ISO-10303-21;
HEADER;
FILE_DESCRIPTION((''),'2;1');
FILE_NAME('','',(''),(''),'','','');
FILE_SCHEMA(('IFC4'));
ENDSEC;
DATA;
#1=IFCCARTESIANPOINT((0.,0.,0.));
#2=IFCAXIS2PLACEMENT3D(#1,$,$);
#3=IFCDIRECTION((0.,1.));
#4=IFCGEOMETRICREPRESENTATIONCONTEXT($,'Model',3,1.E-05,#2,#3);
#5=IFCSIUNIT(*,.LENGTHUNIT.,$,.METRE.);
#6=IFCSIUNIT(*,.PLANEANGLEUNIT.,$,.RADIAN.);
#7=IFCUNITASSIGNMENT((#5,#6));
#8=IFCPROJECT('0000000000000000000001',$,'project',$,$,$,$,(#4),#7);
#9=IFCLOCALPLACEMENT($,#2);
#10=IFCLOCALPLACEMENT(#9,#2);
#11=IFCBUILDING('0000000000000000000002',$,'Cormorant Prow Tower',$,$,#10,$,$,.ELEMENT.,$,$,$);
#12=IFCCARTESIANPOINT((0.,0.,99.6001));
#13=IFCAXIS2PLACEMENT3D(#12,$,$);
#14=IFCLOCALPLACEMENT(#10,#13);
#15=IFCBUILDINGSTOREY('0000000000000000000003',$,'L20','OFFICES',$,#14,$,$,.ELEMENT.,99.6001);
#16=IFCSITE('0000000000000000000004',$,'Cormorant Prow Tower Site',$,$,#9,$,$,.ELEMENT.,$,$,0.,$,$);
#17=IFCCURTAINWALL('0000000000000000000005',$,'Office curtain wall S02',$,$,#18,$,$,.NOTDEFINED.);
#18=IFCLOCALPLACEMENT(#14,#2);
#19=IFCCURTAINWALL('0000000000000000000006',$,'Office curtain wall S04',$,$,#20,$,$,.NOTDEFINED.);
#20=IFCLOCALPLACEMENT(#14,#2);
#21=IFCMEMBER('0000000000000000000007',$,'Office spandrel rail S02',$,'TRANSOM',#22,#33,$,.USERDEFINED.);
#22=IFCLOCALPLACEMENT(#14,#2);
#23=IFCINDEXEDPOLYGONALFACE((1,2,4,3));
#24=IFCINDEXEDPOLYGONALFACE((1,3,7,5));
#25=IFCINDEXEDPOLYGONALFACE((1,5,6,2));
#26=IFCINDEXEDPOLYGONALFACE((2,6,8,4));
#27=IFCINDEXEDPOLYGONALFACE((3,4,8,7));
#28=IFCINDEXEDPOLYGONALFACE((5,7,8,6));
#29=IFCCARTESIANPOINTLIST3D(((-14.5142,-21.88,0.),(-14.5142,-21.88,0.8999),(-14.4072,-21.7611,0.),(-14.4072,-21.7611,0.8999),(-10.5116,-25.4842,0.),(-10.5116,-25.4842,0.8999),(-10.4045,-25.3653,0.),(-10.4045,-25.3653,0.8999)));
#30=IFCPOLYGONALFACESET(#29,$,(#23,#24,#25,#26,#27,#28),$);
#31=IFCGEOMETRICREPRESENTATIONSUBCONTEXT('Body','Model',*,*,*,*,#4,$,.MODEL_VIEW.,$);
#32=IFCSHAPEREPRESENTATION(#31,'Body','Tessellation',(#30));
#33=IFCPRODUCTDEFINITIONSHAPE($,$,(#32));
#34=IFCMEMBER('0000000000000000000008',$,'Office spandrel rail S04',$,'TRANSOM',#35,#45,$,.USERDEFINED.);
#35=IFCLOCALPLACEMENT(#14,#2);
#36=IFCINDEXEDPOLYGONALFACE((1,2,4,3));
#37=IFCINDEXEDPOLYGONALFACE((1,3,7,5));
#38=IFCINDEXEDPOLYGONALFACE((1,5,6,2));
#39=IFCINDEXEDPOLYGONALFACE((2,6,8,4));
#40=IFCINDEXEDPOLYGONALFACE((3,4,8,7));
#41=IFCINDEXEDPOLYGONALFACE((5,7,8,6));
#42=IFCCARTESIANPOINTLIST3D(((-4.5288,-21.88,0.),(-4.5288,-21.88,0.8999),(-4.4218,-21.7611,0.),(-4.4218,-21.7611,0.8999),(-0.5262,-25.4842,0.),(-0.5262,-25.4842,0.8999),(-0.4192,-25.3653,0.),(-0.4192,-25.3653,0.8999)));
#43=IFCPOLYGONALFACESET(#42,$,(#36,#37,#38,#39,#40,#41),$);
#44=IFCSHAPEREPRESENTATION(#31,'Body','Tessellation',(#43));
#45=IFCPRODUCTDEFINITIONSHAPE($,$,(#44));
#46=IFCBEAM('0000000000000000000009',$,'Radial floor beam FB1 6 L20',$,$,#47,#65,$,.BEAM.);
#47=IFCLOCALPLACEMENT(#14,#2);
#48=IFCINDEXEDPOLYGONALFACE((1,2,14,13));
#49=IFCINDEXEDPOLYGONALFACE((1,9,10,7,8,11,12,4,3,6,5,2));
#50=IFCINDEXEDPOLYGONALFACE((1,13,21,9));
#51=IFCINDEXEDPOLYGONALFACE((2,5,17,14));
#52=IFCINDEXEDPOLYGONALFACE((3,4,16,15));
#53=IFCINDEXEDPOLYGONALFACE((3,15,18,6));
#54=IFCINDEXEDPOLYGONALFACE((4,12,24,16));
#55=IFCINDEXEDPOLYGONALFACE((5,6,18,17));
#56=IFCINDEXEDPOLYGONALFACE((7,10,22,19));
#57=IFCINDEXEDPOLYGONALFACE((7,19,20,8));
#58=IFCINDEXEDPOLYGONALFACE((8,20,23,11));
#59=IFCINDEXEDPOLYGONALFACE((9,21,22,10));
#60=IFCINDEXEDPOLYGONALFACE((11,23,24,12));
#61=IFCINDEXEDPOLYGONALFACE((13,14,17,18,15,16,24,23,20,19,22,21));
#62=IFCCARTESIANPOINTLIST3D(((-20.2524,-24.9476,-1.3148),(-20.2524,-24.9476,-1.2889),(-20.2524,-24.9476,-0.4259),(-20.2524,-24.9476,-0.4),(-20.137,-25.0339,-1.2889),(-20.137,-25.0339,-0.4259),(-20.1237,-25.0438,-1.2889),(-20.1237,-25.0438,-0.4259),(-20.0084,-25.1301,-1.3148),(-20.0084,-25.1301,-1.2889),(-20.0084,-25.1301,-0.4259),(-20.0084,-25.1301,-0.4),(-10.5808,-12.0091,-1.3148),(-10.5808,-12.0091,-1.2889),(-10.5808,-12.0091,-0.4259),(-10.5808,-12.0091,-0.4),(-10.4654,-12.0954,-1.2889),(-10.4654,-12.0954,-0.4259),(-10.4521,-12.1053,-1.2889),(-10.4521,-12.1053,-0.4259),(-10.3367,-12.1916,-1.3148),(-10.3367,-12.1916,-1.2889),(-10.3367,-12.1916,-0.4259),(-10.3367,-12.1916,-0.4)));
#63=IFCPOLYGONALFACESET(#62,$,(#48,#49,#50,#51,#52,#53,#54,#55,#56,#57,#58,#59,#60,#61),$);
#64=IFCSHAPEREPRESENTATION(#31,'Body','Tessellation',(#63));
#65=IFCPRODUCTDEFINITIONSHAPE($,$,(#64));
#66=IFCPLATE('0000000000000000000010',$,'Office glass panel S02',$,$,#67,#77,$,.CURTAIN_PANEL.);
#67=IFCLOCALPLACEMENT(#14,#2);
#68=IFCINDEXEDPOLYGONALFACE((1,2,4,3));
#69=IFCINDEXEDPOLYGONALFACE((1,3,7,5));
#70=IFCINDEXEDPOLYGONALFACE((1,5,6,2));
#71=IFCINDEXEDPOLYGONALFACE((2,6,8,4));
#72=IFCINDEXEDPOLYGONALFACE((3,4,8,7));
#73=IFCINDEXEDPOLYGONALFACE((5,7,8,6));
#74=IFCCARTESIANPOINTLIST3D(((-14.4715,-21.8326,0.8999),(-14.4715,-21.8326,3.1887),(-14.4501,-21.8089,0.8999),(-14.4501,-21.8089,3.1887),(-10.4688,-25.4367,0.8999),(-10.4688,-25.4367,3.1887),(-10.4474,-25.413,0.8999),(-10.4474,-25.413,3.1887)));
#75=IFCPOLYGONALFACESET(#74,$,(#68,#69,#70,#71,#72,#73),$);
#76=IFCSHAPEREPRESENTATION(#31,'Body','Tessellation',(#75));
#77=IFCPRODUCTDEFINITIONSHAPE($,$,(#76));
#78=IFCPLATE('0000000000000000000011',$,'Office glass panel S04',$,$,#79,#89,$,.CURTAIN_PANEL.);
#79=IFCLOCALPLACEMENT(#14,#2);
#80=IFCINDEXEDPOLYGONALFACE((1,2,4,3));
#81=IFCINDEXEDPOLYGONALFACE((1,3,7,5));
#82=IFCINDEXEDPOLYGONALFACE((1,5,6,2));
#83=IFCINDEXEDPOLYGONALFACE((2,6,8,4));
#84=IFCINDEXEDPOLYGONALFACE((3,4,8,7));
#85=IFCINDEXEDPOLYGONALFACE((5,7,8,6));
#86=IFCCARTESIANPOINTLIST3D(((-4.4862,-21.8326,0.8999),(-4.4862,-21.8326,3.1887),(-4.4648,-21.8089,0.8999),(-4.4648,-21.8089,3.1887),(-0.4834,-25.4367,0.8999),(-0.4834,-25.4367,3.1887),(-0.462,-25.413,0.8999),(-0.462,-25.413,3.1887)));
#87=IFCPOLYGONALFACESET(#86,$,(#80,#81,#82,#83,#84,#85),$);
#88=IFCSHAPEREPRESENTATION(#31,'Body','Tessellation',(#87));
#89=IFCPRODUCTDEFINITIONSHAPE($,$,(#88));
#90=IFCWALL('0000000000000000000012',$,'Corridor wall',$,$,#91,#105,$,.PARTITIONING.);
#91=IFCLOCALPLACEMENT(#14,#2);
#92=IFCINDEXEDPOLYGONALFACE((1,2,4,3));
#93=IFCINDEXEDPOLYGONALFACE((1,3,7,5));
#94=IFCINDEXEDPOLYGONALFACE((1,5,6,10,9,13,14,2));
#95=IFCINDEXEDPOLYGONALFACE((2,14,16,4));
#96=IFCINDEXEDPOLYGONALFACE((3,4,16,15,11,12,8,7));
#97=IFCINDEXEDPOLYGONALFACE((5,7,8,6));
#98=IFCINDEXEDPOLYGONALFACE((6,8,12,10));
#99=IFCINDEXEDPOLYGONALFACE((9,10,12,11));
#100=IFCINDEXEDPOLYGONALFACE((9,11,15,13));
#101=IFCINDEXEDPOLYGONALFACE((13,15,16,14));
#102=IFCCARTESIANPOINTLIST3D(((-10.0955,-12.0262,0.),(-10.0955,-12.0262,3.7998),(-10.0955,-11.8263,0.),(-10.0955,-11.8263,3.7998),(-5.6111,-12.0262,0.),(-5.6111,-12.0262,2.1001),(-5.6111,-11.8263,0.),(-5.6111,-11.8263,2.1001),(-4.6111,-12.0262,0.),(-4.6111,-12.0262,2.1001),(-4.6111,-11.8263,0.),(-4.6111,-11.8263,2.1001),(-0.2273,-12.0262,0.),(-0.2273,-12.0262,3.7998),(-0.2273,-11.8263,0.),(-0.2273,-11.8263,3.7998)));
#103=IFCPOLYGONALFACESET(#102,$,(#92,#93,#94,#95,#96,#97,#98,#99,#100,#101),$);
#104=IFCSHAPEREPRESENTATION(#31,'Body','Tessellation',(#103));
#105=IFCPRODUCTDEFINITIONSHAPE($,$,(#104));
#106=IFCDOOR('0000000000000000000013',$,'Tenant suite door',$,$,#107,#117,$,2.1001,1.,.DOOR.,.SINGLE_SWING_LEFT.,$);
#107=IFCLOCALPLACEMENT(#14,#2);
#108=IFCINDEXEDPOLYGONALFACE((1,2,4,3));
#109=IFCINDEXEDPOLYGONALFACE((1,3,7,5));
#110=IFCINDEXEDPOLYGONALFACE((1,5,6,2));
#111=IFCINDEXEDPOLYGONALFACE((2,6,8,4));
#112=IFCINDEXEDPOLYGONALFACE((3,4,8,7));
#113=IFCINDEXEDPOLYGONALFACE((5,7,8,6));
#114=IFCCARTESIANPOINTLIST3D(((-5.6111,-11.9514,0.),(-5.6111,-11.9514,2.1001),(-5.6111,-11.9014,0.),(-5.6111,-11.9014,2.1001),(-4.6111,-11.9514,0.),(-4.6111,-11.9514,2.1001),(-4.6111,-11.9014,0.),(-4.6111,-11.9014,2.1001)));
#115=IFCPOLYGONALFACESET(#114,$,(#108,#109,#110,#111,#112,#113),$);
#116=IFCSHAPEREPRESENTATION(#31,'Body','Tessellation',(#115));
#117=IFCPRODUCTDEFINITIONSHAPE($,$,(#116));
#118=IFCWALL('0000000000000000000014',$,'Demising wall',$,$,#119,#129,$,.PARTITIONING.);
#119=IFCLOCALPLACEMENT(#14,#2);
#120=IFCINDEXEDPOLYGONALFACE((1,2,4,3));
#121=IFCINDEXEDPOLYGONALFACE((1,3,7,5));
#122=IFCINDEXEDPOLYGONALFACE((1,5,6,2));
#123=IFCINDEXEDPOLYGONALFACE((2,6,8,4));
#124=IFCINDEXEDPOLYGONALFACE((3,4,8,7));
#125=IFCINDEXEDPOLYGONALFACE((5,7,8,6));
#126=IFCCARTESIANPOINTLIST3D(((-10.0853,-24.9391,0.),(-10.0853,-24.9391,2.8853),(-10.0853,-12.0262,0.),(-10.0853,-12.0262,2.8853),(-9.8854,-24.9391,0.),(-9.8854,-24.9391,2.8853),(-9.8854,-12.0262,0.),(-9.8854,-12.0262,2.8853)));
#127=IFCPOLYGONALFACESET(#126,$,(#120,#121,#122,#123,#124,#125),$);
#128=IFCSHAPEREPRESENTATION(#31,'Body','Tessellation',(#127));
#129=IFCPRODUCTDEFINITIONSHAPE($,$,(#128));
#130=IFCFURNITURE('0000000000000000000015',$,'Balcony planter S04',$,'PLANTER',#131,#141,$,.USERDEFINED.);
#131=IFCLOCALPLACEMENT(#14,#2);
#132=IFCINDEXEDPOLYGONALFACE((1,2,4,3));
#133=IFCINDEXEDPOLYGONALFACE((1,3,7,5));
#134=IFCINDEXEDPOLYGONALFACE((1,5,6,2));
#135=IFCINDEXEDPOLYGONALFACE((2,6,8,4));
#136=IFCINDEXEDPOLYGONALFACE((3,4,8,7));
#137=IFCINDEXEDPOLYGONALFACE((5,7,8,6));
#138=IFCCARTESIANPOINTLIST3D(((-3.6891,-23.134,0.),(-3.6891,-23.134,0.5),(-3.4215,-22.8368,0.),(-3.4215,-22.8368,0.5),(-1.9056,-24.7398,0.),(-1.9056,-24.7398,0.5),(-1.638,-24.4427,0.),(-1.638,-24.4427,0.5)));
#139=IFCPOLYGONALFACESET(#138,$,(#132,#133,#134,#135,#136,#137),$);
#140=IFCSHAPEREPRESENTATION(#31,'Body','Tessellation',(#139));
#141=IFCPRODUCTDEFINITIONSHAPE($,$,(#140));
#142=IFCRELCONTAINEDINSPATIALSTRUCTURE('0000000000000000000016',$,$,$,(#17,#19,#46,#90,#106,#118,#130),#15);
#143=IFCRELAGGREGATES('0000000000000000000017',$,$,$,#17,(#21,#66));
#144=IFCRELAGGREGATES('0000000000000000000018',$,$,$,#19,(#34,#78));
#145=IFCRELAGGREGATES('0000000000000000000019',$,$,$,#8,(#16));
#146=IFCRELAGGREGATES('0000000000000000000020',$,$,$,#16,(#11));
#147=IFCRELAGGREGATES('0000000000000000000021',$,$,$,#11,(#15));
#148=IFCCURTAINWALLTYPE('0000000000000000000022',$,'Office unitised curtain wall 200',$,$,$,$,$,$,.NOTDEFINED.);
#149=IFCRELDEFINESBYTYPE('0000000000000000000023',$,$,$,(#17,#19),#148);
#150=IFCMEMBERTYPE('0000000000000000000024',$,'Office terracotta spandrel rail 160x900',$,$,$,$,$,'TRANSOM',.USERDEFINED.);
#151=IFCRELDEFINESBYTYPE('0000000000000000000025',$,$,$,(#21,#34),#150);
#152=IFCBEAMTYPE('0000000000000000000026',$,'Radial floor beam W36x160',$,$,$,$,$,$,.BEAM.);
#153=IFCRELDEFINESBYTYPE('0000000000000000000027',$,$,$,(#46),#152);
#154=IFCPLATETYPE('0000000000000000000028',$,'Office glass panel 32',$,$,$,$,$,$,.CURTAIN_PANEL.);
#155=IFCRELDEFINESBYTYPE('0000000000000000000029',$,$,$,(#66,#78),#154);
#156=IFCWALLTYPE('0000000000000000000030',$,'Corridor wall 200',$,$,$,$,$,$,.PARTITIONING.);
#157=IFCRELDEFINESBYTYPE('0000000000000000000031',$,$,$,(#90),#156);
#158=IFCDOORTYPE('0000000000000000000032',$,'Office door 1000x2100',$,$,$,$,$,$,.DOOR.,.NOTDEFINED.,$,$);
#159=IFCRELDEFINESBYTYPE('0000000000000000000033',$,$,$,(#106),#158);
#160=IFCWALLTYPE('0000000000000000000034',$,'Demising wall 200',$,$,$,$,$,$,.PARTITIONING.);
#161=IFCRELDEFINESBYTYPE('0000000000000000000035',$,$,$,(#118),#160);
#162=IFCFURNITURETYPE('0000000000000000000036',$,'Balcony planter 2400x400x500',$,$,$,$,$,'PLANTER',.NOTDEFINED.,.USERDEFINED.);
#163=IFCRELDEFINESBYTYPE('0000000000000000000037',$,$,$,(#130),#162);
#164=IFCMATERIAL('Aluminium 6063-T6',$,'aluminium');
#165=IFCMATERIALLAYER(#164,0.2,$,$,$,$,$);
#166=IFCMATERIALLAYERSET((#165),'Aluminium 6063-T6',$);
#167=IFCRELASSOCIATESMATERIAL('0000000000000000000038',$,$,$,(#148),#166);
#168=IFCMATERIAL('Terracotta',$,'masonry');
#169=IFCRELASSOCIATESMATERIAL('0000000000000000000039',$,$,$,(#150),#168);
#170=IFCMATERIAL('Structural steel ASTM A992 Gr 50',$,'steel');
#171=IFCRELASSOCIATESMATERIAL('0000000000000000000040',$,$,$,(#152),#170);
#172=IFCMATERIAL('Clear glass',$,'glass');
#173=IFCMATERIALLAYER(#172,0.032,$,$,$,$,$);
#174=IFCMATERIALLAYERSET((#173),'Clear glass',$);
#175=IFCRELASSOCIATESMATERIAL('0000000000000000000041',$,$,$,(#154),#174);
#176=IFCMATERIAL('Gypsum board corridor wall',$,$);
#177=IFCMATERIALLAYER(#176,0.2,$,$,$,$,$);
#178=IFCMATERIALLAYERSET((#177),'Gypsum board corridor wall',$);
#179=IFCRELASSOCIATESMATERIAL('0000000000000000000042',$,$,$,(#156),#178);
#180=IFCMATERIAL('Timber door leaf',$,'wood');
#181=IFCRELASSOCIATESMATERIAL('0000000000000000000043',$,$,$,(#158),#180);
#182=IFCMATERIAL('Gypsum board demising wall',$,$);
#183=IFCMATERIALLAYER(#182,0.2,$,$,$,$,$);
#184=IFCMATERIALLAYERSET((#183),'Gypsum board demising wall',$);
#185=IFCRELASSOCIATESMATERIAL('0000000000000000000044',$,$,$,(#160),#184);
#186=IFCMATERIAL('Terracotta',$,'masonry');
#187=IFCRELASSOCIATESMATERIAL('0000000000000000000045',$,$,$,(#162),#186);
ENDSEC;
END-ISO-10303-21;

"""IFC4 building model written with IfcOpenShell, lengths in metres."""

from ifc_helpers import new_model, si_unit, direction, frame, frame_2d, origin, origin_2d, place, context, subcontext, project, spatial, rectangle, i_section, extrude, material, layer, layer_set, material_profile, profile_set, type_object, element, fill, aggregate, save


model = new_model("IFC4")

# Units and contexts
model_context = context("Model", 3, precision=1e-05, world=origin(), true_north=direction((0.0, 1.0)))
body_context = subcontext(model_context, "Body", "Model", "MODEL_VIEW")
ifc_project = project(units=[si_unit("LENGTHUNIT", "METRE"), si_unit("PLANEANGLEUNIT", "RADIAN")], contexts=[model_context])

# Site, building, storey
site_placement = place(None, origin())
site = spatial("IfcSite", under=ifc_project, at=site_placement, Name="Cormorant Prow Tower Site", CompositionType="ELEMENT", RefElevation=0.0)
building_placement = place(site_placement, origin())
building = spatial("IfcBuilding", under=site, at=building_placement, Name="Cormorant Prow Tower", CompositionType="ELEMENT")
storey_placement = place(building_placement, frame((0.0, 0.0, 99.6001)))
storey = spatial("IfcBuildingStorey", under=building, at=storey_placement, Name="L20", Description="OFFICES", CompositionType="ELEMENT", Elevation=99.6001)

# Curtain walls
ifc_material_1 = material(Name="Aluminium 6063-T6", Category="aluminium")
ifc_layer_1 = layer(ifc_material_1, 0.2)
ifc_layer_set_1 = layer_set([ifc_layer_1], Name="Aluminium 6063-T6")
curtain_wall_type = type_object("IfcCurtainWallType", Name="Office unitised curtain wall 200", PredefinedType="NOTDEFINED", material=ifc_layer_set_1)
curtain_wall_1_placement = place(storey_placement, origin())
curtain_wall_1 = element("IfcCurtainWall", 1, at=curtain_wall_1_placement, inside=storey, type_object=curtain_wall_type, Name="Office curtain wall S02", PredefinedType="NOTDEFINED")
curtain_wall_2_placement = place(storey_placement, origin())
curtain_wall_2 = element("IfcCurtainWall", 2, at=curtain_wall_2_placement, inside=storey, type_object=curtain_wall_type, Name="Office curtain wall S04", PredefinedType="NOTDEFINED")

# Members
ifc_material_2 = material(Name="Terracotta", Category="masonry")
ifc_material_profile_1 = material_profile(ifc_material_2, rectangle(XDim=0.1599, YDim=0.8999, at=origin_2d()), Name="Office terracotta spandrel rail 160x900")
ifc_profile_set_1 = profile_set([ifc_material_profile_1], Name="Terracotta")
member_type_1 = type_object("IfcMemberType", Name="Office terracotta spandrel rail 160x900", ElementType="TRANSOM", PredefinedType="USERDEFINED", material=ifc_profile_set_1)
member_1_placement = place(storey_placement, frame((-14.4607, -21.8206, 0.45), z_axis=(0.743125, -0.669153, 0.0), x_axis=(0.669153, 0.743125, 0.0)))
member_1 = element("IfcMember", 3, at=member_1_placement, type_object=member_type_1, Name="Office spandrel rail S02", ObjectType="TRANSOM", PredefinedType="USERDEFINED", context=body_context, shape_type="SweptSolid", body=[
    extrude(rectangle(XDim=0.1599, YDim=0.8999, at=origin_2d()), origin(), (0.0, 0.0, 1.0), 5.3862),
])
member_2_placement = place(storey_placement, frame((-4.4753, -21.8206, 0.45), z_axis=(0.743125, -0.669153, 0.0), x_axis=(0.669153, 0.743125, 0.0)))
member_2 = element("IfcMember", 4, at=member_2_placement, type_object=member_type_1, Name="Office spandrel rail S04", ObjectType="TRANSOM", PredefinedType="USERDEFINED", context=body_context, shape_type="SweptSolid", body=[
    extrude(rectangle(XDim=0.1599, YDim=0.8999, at=origin_2d()), origin(), (0.0, 0.0, 1.0), 5.3862),
])

# Beam
ifc_material_3 = material(Name="Structural steel ASTM A992 Gr 50", Category="steel")
ifc_material_profile_2 = material_profile(ifc_material_3, i_section(OverallWidth=0.3047, OverallDepth=0.9148, WebThickness=0.0166, FlangeThickness=0.0259, at=origin_2d()), Name="W36x160")
ifc_profile_set_2 = profile_set([ifc_material_profile_2], Name="Structural steel ASTM A992 Gr 50")
beam_type_1 = type_object("IfcBeamType", Name="Radial floor beam W36x160", PredefinedType="BEAM", material=ifc_profile_set_2)
beam_placement = place(storey_placement, frame((-10.4587, -12.1003, -0.8574), z_axis=(-0.598722, -0.800957, 0.0), x_axis=(0.800957, -0.598722, 0.0)))
element("IfcBeam", 5, at=beam_placement, inside=storey, type_object=beam_type_1, Name="Radial floor beam FB1 6 L20", PredefinedType="BEAM", context=body_context, shape_type="SweptSolid", body=[
    extrude(i_section(OverallWidth=0.3047, OverallDepth=0.9148, WebThickness=0.0166, FlangeThickness=0.0259, at=origin_2d()), origin(), (0.0, 0.0, 1.0), 16.1538),
])

# Plates
ifc_material_4 = material(Name="Clear glass", Category="glass")
ifc_layer_2 = layer(ifc_material_4, 0.032)
ifc_layer_set_2 = layer_set([ifc_layer_2], Name="Clear glass")
plate_type = type_object("IfcPlateType", Name="Office glass panel 32", PredefinedType="CURTAIN_PANEL", material=ifc_layer_set_2)
plate_1_placement = place(storey_placement, frame((-12.4595, -23.6228, 0.8999), z_axis=(0.0, 0.0, 1.0), x_axis=(0.743145, -0.669131, 0.0)))
plate_1 = element("IfcPlate", 6, at=plate_1_placement, type_object=plate_type, Name="Office glass panel S02", PredefinedType="CURTAIN_PANEL", context=body_context, shape_type="SweptSolid", body=[
    extrude(rectangle(XDim=5.3862, YDim=0.032, at=origin_2d()), origin(), (0.0, 0.0, 1.0), 2.2888),
])
aggregate(curtain_wall_1, [member_1, plate_1])
plate_2_placement = place(storey_placement, frame((-2.4741, -23.6228, 0.8999), z_axis=(0.0, 0.0, 1.0), x_axis=(0.743145, -0.669131, 0.0)))
plate_2 = element("IfcPlate", 7, at=plate_2_placement, type_object=plate_type, Name="Office glass panel S04", PredefinedType="CURTAIN_PANEL", context=body_context, shape_type="SweptSolid", body=[
    extrude(rectangle(XDim=5.3862, YDim=0.032, at=origin_2d()), origin(), (0.0, 0.0, 1.0), 2.2888),
])
aggregate(curtain_wall_2, [member_2, plate_2])

# Wall, opening, door
ifc_material_5 = material(Name="Gypsum board corridor wall")
ifc_layer_3 = layer(ifc_material_5, 0.2)
ifc_layer_set_3 = layer_set([ifc_layer_3], Name="Gypsum board corridor wall")
wall_type_1 = type_object("IfcWallType", Name="Corridor wall 200", PredefinedType="PARTITIONING", material=ifc_layer_set_3)
wall_1_placement = place(storey_placement, frame((-10.0955, -11.9263, 0.0), z_axis=(0.0, 0.0, 1.0), x_axis=(1.0, 0.0, 0.0)))
wall_1 = element("IfcWall", 8, at=wall_1_placement, inside=storey, type_object=wall_type_1, Name="Corridor wall", PredefinedType="PARTITIONING", context=body_context, shape_type="SweptSolid", body=[
    extrude(rectangle(XDim=9.8682, YDim=0.2, at=frame_2d((4.9341, 0.0))), origin(), (0.0, 0.0, 1.0), 3.7998),
])
opening_1_placement = place(wall_1_placement, frame((4.4844, 0.0, 0.0)))
opening_1 = element("IfcOpeningElement", 9, at=opening_1_placement, cuts=wall_1, PredefinedType="OPENING", context=body_context, shape_type="SweptSolid", body=[
    extrude(rectangle(XDim=1.0, YDim=2.1001, at=frame_2d((0.5, 1.05))), frame((0.0, 0.1099, 0.0), z_axis=(0.0, -1.0, 0.0), x_axis=(1.0, 0.0, 0.0)), (0.0, 0.0, 1.0), 0.22),
])
ifc_material_6 = material(Name="Timber door leaf", Category="wood")
door_type_1 = type_object("IfcDoorType", Name="Office door 1000x2100", OperationType="NOTDEFINED", PredefinedType="DOOR", material=ifc_material_6)
door_1_placement = place(opening_1_placement, origin())
door_1 = element("IfcDoor", 10, at=door_1_placement, inside=storey, type_object=door_type_1, Name="Tenant suite door", OperationType="SINGLE_SWING_LEFT", OverallHeight=2.1001, OverallWidth=1.0, PredefinedType="DOOR", context=body_context, shape_type="SweptSolid", body=[
    extrude(rectangle(XDim=1.0, YDim=2.1001, at=frame_2d((0.5, 1.05))), frame((0.0, 0.0249, 0.0), z_axis=(0.0, -1.0, 0.0), x_axis=(1.0, 0.0, 0.0)), (0.0, 0.0, 1.0), 0.05),
])
fill(opening_1, door_1)

# Wall
ifc_material_7 = material(Name="Gypsum board demising wall")
ifc_layer_4 = layer(ifc_material_7, 0.2)
ifc_layer_set_4 = layer_set([ifc_layer_4], Name="Gypsum board demising wall")
wall_type_2 = type_object("IfcWallType", Name="Demising wall 200", PredefinedType="PARTITIONING", material=ifc_layer_set_4)
wall_2_placement = place(storey_placement, frame((-9.9854, -24.9392, 0.0), z_axis=(0.0, 0.0, 1.0), x_axis=(0.0, 1.0, 0.0)))
element("IfcWall", 11, at=wall_2_placement, inside=storey, type_object=wall_type_2, Name="Demising wall", PredefinedType="PARTITIONING", context=body_context, shape_type="SweptSolid", body=[
    extrude(rectangle(XDim=12.9128, YDim=0.2, at=frame_2d((6.4565, 0.0))), origin(), (0.0, 0.0, 1.0), 2.8853),
])

# Furniture
ifc_material_8 = material(Name="Terracotta", Category="masonry")
furniture_type = type_object("IfcFurnitureType", Name="Balcony planter 2400x400x500", ElementType="PLANTER", AssemblyPlace="NOTDEFINED", PredefinedType="USERDEFINED", material=ifc_material_8)
furniture_placement = place(storey_placement, frame((-2.6636, -23.7883, 0.0), z_axis=(0.0, 0.0, 1.0), x_axis=(0.743145, -0.669131, 0.0)))
element("IfcFurniture", 12, at=furniture_placement, inside=storey, type_object=furniture_type, Name="Balcony planter S04", ObjectType="PLANTER", PredefinedType="USERDEFINED", context=body_context, shape_type="SweptSolid", body=[
    extrude(rectangle(XDim=2.3999, YDim=0.3999, at=origin_2d()), origin(), (0.0, 0.0, 1.0), 0.5),
])

save(model, "model.ifc")
